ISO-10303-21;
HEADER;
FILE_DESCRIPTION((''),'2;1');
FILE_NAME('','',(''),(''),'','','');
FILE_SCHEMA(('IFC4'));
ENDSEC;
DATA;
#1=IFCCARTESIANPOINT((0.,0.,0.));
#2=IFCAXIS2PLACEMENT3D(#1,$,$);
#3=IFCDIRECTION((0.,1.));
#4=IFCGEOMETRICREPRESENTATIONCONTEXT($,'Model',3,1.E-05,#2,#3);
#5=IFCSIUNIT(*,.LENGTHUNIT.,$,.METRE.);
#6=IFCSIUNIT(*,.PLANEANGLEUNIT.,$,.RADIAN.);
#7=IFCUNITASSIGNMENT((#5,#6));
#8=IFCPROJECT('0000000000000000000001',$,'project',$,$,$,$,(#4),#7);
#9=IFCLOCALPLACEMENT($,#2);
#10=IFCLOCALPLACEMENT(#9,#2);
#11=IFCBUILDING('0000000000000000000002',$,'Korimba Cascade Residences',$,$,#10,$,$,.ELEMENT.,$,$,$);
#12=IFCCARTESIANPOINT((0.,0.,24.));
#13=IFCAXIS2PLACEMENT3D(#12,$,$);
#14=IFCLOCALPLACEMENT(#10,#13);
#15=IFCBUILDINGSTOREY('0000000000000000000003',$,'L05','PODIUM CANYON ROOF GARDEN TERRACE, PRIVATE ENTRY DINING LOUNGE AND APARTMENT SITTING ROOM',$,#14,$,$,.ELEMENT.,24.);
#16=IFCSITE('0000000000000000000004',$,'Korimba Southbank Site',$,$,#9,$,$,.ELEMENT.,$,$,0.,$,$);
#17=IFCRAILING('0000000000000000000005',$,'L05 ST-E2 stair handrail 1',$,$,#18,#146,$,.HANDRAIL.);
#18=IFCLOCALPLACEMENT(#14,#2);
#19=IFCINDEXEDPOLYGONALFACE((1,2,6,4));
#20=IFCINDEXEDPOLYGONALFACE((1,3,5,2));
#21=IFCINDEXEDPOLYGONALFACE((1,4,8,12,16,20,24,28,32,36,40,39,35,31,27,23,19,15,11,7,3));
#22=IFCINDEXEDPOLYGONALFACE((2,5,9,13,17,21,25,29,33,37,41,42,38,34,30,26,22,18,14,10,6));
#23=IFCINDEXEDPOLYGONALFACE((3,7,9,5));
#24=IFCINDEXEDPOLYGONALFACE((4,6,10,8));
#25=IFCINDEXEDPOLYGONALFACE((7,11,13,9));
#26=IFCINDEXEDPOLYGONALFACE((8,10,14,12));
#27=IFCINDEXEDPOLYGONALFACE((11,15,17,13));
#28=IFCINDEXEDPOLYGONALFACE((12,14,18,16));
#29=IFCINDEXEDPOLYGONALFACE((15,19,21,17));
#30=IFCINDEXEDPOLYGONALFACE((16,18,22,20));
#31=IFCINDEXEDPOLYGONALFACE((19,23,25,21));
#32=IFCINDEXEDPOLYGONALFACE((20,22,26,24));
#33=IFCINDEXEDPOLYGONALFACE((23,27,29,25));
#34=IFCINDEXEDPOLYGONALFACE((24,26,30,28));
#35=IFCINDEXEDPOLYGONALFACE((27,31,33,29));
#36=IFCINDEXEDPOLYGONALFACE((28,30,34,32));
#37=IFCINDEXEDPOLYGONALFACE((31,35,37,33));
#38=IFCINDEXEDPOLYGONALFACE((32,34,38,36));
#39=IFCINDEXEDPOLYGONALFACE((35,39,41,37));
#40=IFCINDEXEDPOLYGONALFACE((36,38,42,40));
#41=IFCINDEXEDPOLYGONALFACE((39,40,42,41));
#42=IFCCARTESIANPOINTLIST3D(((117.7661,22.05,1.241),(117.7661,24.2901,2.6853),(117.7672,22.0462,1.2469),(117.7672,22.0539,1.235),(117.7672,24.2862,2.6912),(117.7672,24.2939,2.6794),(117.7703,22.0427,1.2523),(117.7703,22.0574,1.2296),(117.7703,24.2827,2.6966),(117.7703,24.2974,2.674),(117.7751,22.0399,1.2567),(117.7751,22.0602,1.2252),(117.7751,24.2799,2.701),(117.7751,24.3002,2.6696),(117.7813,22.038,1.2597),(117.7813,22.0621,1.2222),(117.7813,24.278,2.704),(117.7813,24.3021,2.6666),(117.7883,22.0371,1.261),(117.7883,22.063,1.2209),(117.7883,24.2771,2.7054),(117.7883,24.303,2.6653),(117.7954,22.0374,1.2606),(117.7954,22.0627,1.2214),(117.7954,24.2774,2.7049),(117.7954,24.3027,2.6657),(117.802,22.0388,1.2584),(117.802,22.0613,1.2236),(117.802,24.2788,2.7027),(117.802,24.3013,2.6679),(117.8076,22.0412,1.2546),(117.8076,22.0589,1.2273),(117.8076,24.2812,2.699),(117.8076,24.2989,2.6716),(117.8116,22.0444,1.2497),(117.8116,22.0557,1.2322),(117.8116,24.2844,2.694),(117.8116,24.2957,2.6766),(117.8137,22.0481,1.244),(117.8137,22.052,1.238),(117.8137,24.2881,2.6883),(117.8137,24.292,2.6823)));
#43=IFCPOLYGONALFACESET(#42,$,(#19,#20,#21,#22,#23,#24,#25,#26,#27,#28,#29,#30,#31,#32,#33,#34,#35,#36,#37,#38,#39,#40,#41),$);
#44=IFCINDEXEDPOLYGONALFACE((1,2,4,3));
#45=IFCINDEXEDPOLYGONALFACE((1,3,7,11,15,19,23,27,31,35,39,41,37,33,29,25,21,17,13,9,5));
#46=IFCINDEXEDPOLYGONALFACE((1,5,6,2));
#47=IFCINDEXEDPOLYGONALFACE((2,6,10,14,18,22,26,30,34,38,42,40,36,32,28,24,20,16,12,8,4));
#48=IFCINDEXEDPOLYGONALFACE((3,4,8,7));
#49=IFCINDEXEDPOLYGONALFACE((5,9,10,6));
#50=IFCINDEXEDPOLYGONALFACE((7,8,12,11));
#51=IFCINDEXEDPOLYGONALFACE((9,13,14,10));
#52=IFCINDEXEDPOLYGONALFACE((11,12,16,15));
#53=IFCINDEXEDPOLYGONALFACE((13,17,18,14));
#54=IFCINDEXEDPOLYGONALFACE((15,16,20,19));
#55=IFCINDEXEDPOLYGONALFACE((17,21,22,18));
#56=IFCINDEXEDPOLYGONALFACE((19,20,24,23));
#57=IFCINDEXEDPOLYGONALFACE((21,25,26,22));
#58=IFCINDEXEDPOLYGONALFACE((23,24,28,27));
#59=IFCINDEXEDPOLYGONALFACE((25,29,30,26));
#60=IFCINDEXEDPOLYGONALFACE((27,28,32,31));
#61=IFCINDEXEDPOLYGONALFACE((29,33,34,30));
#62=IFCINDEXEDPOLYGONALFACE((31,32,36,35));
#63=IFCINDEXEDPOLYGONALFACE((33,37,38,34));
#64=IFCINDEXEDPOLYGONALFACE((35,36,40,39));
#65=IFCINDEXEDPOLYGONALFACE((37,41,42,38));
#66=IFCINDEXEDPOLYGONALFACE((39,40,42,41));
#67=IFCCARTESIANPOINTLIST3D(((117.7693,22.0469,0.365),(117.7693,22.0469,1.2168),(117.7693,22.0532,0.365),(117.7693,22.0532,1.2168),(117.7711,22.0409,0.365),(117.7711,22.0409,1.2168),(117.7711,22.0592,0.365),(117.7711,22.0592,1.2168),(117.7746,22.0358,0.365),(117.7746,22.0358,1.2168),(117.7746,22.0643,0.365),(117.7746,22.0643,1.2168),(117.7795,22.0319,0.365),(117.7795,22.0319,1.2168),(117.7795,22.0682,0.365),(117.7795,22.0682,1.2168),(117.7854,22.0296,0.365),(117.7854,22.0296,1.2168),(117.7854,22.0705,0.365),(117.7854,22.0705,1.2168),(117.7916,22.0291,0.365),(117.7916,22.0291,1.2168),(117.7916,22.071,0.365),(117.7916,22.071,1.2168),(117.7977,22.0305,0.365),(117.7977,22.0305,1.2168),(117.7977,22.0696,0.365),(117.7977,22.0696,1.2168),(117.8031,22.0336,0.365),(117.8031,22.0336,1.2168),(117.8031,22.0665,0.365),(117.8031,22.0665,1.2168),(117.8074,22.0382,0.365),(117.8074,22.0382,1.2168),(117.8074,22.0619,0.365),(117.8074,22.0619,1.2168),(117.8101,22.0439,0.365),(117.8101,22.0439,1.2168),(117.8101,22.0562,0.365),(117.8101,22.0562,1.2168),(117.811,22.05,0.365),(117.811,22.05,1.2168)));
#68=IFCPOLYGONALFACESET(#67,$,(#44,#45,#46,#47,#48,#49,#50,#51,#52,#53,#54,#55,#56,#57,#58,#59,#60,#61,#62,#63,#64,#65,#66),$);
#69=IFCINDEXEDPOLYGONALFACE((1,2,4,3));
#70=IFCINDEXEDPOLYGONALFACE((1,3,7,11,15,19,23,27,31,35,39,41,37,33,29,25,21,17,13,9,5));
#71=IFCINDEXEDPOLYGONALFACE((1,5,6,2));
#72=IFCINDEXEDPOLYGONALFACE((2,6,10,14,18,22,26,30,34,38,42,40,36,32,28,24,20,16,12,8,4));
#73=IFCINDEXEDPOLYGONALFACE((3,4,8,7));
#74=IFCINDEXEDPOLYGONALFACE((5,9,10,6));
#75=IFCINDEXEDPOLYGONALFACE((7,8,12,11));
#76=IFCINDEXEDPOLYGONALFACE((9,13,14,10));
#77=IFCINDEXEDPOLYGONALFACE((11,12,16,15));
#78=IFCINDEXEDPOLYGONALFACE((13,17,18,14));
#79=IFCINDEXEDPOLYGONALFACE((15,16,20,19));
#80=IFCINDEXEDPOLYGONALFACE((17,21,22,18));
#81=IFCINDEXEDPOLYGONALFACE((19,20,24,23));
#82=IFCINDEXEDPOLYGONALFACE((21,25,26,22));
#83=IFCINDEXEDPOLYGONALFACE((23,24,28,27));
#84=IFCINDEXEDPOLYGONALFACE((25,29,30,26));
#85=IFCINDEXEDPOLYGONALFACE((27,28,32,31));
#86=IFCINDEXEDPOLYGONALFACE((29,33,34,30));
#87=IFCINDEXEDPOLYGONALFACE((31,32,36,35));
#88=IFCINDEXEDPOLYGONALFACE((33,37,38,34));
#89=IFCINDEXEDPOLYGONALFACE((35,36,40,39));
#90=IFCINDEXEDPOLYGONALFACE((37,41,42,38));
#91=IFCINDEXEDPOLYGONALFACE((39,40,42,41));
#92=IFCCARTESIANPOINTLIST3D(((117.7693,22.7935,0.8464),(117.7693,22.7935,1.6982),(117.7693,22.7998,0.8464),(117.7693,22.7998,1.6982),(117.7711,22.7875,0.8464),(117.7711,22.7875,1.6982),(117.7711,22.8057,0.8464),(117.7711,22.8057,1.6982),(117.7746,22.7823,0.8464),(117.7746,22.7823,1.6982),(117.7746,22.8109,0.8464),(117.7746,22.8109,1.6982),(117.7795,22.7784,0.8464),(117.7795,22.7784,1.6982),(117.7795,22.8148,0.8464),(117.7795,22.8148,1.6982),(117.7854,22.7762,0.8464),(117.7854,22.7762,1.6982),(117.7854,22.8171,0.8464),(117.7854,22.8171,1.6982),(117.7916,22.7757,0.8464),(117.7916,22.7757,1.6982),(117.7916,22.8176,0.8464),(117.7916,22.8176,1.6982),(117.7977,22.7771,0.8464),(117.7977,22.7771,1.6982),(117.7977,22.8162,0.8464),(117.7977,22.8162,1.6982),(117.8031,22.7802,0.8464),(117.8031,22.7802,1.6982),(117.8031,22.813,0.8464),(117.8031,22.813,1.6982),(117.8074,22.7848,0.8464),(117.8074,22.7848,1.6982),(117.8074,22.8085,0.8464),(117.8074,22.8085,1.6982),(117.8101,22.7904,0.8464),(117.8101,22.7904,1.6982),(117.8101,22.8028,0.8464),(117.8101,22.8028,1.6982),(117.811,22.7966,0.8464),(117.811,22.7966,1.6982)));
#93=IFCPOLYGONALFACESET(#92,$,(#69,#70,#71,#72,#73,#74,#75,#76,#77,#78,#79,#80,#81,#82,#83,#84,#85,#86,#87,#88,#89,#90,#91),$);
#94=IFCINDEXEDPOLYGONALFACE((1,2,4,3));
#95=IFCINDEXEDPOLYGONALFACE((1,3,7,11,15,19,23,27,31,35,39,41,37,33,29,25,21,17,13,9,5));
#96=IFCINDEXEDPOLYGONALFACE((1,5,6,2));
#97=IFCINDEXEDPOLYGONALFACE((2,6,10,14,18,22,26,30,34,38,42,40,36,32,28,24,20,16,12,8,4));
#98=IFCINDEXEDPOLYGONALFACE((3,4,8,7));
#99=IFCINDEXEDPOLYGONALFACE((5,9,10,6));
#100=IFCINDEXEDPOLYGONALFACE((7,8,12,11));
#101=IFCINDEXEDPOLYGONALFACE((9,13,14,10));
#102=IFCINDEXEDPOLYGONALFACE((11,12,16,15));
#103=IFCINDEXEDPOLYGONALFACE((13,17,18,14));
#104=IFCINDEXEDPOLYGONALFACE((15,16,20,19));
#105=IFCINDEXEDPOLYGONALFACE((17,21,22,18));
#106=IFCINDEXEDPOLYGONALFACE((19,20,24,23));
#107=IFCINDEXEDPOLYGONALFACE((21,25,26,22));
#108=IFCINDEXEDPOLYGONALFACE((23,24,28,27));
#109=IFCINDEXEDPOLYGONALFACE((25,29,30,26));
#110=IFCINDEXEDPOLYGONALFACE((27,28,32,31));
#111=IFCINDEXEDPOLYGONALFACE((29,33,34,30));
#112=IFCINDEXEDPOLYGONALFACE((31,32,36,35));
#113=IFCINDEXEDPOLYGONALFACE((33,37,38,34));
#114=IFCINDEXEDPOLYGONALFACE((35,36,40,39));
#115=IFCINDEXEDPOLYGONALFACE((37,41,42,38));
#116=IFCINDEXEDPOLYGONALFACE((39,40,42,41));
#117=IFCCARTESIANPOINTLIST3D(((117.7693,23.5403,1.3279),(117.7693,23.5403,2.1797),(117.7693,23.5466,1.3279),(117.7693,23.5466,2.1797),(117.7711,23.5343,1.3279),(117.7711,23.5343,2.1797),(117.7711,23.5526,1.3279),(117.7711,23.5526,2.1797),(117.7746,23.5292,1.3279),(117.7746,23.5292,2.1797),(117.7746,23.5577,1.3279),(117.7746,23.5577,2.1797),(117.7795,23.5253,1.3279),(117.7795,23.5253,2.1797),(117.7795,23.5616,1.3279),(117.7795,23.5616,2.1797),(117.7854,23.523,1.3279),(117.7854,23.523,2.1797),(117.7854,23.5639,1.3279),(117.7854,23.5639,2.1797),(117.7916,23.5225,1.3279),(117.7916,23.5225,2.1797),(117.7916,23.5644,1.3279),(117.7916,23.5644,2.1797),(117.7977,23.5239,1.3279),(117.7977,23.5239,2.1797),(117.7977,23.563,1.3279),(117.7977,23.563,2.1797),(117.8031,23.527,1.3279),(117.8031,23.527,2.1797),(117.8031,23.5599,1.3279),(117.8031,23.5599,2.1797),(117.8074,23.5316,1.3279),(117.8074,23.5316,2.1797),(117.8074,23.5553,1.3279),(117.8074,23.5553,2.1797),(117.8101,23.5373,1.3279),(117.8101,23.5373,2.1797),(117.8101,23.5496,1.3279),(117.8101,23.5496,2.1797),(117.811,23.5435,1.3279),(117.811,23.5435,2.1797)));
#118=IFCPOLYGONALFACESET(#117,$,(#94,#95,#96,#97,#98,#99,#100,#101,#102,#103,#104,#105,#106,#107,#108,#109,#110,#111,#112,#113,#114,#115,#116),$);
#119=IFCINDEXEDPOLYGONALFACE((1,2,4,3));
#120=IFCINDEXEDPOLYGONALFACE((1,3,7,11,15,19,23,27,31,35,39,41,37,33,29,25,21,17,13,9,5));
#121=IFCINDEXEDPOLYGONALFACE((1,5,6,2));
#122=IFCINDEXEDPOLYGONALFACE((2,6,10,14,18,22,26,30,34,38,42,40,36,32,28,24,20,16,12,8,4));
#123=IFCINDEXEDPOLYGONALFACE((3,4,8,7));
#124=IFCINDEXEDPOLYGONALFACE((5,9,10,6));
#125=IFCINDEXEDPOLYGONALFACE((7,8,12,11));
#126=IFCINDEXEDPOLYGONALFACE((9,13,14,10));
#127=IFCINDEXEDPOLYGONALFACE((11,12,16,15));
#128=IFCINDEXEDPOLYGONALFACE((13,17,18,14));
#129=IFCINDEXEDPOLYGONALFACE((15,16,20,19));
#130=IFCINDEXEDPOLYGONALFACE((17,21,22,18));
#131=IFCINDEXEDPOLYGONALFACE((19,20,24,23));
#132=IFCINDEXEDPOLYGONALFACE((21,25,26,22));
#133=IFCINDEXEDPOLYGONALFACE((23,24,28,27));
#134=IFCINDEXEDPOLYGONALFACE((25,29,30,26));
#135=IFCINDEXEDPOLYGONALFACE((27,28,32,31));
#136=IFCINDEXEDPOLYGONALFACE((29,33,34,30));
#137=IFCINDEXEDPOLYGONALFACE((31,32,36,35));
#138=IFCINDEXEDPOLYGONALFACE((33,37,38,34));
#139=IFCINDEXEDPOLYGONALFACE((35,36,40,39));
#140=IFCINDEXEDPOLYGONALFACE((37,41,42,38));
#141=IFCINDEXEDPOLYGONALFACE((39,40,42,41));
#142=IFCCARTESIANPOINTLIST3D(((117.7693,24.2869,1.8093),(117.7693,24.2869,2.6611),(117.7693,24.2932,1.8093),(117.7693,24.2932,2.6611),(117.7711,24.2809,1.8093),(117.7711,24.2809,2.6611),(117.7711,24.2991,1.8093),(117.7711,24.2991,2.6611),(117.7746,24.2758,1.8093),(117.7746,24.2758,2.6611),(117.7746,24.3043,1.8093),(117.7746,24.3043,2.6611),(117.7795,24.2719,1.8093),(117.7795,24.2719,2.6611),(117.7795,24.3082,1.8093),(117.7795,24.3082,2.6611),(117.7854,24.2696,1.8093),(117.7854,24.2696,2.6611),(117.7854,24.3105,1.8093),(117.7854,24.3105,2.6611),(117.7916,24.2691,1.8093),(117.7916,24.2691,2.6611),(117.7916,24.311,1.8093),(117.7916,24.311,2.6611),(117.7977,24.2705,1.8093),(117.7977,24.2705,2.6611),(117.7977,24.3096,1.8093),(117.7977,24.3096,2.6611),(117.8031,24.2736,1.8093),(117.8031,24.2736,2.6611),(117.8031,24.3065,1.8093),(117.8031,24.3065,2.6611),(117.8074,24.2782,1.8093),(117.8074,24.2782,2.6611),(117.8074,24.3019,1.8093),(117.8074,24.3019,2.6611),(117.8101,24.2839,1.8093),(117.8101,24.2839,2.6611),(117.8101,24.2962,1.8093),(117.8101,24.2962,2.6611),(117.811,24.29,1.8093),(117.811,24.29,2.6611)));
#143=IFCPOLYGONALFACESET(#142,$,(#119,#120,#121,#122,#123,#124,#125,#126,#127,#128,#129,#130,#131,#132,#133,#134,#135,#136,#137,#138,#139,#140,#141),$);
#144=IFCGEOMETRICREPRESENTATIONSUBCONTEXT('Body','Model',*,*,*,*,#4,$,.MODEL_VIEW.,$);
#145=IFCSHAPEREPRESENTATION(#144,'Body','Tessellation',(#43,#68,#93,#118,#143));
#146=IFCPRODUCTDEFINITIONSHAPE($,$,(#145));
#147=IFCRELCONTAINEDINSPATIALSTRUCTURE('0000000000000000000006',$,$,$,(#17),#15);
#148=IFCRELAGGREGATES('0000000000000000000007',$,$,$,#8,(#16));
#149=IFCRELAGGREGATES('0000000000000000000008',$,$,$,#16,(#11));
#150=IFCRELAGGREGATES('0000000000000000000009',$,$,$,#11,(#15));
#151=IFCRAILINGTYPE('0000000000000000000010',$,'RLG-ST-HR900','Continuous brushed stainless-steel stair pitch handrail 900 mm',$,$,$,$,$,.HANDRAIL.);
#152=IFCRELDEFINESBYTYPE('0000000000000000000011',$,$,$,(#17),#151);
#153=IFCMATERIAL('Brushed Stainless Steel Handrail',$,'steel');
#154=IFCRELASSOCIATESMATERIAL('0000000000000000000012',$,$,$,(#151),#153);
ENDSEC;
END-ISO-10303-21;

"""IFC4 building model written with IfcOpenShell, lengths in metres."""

from ifc_helpers import new_model, si_unit, direction, frame, origin, origin_2d, place, context, subcontext, project, spatial, circle, extrude, material, type_object, element, save


model = new_model("IFC4")

# Units and contexts
model_context = context("Model", 3, precision=1e-05, world=origin(), true_north=direction((0.0, 1.0)))
body_context = subcontext(model_context, "Body", "Model", "MODEL_VIEW")
ifc_project = project(units=[si_unit("LENGTHUNIT", "METRE"), si_unit("PLANEANGLEUNIT", "RADIAN")], contexts=[model_context])

# Site, building, storey
site_placement = place(None, origin())
site = spatial("IfcSite", under=ifc_project, at=site_placement, Name="Korimba Southbank Site", CompositionType="ELEMENT", RefElevation=0.0)
building_placement = place(site_placement, origin())
building = spatial("IfcBuilding", under=site, at=building_placement, Name="Korimba Cascade Residences", CompositionType="ELEMENT")
storey_placement = place(building_placement, frame((0.0, 0.0, 24.0)))
storey = spatial("IfcBuildingStorey", under=building, at=storey_placement, Name="L05", Description="PODIUM CANYON ROOF GARDEN TERRACE, PRIVATE ENTRY DINING LOUNGE AND APARTMENT SITTING ROOM", CompositionType="ELEMENT", Elevation=24.0)

# Railing
ifc_material_1 = material(Name="Brushed Stainless Steel Handrail", Category="steel")
railing_type_1 = type_object("IfcRailingType", Name="RLG-ST-HR900", Description="Continuous brushed stainless-steel stair pitch handrail 900 mm", PredefinedType="HANDRAIL", material=ifc_material_1)
railing_1_placement = place(storey_placement, frame((117.79, 22.05, 0.365)))
element("IfcRailing", 1, at=railing_1_placement, inside=storey, type_object=railing_type_1, Name="L05 ST-E2 stair handrail 1", PredefinedType="HANDRAIL", context=body_context, shape_type="SweptSolid", body=[
    extrude(circle(Radius=0.0239, at=origin_2d()), frame((0.0, 0.0, 0.876), z_axis=(0.0, 0.840437, 0.54191), x_axis=(-1.0, 0.0, 0.0)), (0.0, 0.0, 1.0), 2.6653),
    extrude(circle(Radius=0.021, at=origin_2d()), origin(), (0.0, 0.0, 1.0), 0.8518),
    extrude(circle(Radius=0.021, at=origin_2d()), frame((0.0, 0.7466, 0.4814)), (0.0, 0.0, 1.0), 0.8518),
    extrude(circle(Radius=0.021, at=origin_2d()), frame((0.0, 1.4934, 0.9629)), (0.0, 0.0, 1.0), 0.8518),
    extrude(circle(Radius=0.021, at=origin_2d()), frame((0.0, 2.24, 1.4443)), (0.0, 0.0, 1.0), 0.8518),
])

save(model, "model.ifc")
